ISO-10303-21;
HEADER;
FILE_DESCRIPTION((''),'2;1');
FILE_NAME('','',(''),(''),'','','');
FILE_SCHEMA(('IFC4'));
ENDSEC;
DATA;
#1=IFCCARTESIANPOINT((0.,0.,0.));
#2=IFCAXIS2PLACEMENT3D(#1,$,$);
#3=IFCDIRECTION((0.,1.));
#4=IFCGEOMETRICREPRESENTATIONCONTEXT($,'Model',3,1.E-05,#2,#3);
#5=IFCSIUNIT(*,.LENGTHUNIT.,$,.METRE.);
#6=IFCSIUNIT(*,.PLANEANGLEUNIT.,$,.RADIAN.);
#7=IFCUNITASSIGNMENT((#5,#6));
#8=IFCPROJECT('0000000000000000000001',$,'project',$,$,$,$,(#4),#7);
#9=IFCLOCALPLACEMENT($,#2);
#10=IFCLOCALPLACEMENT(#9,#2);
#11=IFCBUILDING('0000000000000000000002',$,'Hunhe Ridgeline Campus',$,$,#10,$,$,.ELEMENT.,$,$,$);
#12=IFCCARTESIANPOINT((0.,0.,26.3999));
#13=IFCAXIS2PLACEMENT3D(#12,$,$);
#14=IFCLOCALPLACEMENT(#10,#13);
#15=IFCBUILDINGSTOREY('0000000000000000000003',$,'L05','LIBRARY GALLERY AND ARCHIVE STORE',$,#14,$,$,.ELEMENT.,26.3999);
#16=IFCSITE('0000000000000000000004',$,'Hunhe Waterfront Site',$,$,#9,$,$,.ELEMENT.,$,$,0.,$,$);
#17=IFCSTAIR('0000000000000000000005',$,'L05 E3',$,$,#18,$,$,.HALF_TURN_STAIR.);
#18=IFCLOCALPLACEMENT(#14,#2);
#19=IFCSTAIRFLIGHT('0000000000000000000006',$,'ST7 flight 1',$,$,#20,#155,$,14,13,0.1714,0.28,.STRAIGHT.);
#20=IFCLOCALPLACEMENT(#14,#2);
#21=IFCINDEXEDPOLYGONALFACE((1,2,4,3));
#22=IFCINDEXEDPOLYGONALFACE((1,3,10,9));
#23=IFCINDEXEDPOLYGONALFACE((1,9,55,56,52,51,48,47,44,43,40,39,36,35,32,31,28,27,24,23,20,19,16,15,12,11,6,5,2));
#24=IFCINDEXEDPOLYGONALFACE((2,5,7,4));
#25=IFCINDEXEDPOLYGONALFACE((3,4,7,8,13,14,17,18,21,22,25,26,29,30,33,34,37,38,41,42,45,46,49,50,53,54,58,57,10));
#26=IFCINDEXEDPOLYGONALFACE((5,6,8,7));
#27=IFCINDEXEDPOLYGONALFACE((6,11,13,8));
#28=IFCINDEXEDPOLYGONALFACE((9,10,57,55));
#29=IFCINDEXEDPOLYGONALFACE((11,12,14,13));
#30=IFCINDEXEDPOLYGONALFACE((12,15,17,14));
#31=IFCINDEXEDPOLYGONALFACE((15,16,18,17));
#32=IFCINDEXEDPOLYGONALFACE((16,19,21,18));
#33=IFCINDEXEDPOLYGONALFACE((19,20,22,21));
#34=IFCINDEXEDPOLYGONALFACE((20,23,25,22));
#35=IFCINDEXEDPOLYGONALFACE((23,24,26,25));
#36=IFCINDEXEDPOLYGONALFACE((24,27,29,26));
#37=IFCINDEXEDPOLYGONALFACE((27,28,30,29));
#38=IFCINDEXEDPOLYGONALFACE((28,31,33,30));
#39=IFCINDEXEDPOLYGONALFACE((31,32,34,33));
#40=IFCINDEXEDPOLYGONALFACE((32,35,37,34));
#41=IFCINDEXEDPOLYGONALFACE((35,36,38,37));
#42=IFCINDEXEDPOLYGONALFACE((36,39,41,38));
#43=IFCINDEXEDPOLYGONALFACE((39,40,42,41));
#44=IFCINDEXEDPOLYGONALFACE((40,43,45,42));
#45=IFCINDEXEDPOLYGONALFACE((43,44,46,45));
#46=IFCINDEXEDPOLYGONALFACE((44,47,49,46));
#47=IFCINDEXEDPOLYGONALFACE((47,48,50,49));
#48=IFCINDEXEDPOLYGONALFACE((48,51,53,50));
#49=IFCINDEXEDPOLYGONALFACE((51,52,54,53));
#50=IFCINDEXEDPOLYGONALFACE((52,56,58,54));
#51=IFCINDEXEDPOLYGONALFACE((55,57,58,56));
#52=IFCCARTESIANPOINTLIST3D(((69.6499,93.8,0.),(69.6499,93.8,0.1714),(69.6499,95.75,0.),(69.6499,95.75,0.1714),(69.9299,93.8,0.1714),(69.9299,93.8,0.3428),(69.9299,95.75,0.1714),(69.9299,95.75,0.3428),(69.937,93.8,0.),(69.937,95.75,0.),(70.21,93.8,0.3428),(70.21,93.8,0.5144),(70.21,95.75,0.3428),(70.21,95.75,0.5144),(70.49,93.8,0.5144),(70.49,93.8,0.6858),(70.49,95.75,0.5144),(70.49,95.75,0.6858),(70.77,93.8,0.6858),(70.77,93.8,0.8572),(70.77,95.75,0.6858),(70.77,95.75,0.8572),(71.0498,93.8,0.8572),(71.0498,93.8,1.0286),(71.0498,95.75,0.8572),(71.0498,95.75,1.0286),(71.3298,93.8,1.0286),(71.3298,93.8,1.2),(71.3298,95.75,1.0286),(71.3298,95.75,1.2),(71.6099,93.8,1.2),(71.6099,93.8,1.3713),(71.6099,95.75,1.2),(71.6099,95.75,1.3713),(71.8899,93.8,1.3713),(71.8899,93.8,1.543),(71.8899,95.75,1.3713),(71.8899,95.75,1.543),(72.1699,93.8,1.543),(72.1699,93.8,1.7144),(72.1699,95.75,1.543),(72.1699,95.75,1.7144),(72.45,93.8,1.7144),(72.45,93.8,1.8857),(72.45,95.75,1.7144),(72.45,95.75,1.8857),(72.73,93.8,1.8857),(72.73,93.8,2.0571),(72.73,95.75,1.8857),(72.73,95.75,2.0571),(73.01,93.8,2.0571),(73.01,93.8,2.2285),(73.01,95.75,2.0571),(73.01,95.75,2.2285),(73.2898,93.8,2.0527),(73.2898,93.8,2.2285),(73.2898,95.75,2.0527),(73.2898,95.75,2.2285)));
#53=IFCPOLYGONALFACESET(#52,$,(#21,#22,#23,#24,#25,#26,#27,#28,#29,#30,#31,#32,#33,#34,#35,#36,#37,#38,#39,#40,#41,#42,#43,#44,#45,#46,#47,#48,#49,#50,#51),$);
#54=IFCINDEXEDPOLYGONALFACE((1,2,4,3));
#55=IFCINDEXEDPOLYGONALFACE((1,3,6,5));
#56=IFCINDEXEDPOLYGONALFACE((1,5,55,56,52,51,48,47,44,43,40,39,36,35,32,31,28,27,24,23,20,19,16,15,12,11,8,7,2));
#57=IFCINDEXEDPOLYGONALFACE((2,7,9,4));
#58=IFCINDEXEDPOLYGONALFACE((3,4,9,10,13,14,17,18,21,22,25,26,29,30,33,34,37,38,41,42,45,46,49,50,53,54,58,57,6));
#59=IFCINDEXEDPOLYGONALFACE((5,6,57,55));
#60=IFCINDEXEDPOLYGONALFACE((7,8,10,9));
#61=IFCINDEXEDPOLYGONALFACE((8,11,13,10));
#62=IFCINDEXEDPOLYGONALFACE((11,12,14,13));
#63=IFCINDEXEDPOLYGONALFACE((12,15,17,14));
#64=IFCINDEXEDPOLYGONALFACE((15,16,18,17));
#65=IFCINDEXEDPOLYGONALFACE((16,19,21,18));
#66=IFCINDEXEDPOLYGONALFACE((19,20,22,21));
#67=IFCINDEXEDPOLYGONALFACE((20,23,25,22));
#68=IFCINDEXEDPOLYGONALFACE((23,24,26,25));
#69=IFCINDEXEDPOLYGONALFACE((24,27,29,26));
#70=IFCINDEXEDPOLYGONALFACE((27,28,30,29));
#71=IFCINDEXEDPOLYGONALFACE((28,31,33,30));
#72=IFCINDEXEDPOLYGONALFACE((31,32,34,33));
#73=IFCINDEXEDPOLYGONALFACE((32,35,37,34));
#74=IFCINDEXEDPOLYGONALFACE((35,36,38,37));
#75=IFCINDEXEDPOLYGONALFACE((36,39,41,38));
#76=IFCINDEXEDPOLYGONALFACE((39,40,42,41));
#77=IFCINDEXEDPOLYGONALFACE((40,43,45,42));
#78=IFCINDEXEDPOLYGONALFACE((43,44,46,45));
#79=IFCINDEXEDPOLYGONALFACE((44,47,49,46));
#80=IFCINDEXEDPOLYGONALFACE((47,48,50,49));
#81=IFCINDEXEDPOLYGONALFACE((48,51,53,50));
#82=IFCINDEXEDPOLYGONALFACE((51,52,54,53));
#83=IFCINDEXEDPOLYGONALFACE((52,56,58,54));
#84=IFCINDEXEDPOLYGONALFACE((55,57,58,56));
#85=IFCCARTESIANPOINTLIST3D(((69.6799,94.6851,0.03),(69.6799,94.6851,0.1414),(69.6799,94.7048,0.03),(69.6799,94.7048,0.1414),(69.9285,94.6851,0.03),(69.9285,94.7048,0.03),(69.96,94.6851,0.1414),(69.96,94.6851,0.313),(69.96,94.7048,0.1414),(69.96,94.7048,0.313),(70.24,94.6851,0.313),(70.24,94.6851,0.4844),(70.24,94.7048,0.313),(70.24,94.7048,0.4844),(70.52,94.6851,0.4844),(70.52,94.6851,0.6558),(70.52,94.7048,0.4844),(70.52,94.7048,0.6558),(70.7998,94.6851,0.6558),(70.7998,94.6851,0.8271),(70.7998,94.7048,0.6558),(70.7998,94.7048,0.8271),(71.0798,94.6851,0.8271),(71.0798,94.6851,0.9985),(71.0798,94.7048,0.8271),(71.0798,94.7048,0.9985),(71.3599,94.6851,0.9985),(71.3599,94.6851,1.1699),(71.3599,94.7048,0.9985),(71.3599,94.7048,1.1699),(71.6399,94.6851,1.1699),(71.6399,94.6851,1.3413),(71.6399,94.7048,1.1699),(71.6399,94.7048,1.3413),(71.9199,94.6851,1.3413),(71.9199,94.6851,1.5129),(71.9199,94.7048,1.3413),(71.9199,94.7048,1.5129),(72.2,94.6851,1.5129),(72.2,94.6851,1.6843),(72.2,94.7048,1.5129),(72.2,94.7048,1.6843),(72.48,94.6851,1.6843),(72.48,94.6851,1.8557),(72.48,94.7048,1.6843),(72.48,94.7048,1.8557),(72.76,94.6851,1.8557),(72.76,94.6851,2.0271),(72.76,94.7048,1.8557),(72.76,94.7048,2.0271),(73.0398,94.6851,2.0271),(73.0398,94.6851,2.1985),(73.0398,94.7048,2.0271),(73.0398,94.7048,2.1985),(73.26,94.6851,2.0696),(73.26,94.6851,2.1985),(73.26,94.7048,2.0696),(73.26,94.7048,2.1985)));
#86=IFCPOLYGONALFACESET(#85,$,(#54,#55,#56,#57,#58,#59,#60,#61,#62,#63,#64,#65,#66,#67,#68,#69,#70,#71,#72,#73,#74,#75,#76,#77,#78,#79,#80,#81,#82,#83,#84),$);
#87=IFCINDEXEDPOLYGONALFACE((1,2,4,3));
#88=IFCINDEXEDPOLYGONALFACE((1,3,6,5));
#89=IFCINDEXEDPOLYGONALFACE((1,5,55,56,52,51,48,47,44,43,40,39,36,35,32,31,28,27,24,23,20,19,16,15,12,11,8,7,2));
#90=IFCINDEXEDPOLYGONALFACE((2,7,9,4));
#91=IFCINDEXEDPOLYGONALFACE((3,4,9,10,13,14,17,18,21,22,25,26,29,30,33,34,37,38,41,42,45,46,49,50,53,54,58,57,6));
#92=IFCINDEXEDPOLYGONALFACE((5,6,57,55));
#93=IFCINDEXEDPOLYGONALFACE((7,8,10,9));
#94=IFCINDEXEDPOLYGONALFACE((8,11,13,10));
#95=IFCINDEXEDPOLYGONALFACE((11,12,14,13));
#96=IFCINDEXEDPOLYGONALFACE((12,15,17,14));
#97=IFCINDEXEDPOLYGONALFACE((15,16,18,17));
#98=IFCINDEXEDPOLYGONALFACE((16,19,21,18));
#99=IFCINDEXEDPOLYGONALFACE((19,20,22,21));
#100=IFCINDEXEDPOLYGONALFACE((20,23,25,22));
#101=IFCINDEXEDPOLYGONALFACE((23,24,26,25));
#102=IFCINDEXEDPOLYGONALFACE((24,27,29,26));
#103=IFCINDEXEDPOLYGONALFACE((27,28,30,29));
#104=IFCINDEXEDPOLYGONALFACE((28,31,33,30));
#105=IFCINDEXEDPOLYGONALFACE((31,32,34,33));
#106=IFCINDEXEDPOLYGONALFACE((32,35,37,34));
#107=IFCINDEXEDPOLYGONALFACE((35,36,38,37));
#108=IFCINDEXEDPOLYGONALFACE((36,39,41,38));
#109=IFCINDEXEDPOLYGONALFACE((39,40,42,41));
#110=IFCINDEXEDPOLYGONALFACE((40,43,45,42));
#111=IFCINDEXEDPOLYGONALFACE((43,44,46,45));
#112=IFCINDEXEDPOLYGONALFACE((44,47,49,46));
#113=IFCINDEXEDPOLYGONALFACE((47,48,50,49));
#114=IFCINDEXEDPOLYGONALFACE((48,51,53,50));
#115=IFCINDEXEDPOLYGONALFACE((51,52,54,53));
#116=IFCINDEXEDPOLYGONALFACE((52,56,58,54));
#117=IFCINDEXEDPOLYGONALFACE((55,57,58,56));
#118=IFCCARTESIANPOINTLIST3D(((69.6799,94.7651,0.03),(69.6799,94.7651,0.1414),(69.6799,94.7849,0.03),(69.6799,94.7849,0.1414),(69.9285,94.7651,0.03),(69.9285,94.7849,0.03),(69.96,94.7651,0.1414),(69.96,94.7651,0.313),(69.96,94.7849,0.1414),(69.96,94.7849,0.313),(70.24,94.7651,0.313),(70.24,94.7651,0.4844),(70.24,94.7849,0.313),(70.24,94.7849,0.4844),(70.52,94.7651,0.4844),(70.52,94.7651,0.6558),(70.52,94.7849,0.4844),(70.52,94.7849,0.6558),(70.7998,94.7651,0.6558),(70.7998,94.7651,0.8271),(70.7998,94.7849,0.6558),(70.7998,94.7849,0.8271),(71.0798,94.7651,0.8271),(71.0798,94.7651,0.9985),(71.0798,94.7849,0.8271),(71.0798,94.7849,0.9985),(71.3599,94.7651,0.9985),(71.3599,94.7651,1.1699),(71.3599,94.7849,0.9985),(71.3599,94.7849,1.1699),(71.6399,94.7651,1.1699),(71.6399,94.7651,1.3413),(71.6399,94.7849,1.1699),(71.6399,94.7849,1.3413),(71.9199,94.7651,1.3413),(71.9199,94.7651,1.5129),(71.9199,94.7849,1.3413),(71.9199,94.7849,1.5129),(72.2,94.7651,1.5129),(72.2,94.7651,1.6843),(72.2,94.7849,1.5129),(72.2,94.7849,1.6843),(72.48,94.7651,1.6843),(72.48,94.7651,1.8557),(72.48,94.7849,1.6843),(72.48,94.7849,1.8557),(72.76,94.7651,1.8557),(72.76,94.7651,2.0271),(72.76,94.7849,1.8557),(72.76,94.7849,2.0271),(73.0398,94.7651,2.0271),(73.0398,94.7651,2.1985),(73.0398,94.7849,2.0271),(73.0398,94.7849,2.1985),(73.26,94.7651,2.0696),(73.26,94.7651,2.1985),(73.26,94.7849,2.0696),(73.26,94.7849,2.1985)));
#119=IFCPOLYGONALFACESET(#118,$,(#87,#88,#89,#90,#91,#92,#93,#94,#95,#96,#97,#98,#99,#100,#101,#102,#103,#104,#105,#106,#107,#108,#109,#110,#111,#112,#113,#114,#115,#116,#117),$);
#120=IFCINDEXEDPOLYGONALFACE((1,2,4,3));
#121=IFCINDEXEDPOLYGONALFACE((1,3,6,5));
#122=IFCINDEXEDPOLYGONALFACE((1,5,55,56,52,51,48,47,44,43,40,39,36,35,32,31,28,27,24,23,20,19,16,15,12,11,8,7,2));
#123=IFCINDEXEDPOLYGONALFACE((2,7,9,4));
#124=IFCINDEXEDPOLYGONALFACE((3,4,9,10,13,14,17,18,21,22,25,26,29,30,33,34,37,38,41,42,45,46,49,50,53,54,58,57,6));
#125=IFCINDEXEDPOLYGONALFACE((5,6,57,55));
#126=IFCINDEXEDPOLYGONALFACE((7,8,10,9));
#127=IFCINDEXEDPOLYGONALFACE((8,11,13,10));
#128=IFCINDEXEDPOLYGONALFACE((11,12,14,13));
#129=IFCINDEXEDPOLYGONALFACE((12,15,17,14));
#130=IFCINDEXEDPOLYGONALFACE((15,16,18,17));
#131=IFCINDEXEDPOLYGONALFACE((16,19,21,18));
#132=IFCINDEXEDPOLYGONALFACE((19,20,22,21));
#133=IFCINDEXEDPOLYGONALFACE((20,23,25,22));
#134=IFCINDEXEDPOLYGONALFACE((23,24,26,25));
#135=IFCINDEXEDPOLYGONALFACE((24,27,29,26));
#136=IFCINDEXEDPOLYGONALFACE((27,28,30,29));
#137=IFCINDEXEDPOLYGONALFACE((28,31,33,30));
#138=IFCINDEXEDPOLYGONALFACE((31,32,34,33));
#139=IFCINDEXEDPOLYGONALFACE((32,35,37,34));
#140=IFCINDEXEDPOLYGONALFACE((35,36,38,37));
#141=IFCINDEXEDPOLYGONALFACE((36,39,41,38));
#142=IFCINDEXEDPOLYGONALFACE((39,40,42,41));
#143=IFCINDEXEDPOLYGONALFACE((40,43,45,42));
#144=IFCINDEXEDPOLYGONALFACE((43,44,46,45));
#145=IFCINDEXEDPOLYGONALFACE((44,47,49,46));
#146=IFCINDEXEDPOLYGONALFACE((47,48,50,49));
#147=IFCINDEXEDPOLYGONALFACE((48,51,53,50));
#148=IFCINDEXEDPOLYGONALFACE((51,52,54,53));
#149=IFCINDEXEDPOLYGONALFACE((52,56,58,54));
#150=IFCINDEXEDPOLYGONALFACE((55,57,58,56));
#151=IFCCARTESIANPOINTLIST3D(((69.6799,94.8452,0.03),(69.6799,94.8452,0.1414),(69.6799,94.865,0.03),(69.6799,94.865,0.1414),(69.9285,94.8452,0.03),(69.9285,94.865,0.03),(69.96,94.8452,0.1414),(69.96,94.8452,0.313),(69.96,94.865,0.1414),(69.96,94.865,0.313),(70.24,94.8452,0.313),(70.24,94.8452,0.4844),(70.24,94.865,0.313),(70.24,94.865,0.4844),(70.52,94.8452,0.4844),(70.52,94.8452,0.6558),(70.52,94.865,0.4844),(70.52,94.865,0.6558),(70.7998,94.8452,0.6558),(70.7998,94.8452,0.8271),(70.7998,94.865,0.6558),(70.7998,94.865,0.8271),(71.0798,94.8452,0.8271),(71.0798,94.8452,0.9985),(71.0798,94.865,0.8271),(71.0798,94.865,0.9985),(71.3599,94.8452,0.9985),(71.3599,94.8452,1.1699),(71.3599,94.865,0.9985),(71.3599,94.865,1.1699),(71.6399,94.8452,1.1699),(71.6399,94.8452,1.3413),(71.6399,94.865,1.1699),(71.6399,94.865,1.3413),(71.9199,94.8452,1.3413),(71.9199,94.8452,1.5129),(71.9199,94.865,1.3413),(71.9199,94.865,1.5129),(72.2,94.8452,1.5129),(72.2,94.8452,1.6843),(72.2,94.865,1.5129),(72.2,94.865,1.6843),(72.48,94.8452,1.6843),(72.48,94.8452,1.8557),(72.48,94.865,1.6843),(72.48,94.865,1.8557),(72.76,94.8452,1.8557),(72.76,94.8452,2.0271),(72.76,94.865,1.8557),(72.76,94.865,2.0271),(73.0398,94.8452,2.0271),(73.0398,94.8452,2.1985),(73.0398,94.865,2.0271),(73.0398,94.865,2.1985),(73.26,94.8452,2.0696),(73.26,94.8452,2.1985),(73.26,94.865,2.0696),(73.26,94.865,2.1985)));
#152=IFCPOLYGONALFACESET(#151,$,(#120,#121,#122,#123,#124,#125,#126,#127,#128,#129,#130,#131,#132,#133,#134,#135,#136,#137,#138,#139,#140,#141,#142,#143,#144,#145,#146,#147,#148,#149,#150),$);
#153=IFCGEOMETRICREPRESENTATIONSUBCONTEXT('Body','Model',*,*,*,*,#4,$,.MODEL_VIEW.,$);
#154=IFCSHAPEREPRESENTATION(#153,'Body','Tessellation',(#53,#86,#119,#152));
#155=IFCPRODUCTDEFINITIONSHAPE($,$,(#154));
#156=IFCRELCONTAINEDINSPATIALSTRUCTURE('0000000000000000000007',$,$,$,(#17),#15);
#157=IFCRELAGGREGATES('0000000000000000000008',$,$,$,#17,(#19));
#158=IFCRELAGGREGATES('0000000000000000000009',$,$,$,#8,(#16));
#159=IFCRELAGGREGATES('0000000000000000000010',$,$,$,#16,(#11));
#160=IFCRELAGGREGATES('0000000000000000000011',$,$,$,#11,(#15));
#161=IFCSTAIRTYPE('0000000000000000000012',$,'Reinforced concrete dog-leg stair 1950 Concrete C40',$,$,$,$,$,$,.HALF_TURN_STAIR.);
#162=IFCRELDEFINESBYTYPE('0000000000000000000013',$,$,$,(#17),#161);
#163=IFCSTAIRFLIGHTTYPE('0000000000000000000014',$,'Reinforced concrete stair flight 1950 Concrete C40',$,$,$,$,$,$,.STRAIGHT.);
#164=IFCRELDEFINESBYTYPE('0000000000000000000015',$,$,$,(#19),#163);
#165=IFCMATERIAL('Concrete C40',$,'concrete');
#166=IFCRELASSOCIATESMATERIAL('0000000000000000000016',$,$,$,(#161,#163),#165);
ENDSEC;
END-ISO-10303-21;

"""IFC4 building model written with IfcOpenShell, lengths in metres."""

from ifc_helpers import new_model, si_unit, direction, frame, origin, place, context, subcontext, project, spatial, polyline, outline, extrude, material, type_object, element, aggregate, save


model = new_model("IFC4")

# Units and contexts
model_context = context("Model", 3, precision=1e-05, world=origin(), true_north=direction((0.0, 1.0)))
body_context = subcontext(model_context, "Body", "Model", "MODEL_VIEW")
ifc_project = project(units=[si_unit("LENGTHUNIT", "METRE"), si_unit("PLANEANGLEUNIT", "RADIAN")], contexts=[model_context])

# Site, building, storey
site_placement = place(None, origin())
site = spatial("IfcSite", under=ifc_project, at=site_placement, Name="Hunhe Waterfront Site", CompositionType="ELEMENT", RefElevation=0.0)
building_placement = place(site_placement, origin())
building = spatial("IfcBuilding", under=site, at=building_placement, Name="Hunhe Ridgeline Campus", CompositionType="ELEMENT")
storey_placement = place(building_placement, frame((0.0, 0.0, 26.3999)))
storey = spatial("IfcBuildingStorey", under=building, at=storey_placement, Name="L05", Description="LIBRARY GALLERY AND ARCHIVE STORE", CompositionType="ELEMENT", Elevation=26.3999)

# Stair, stair flight
ifc_material_1 = material(Name="Concrete C40", Category="concrete")
stair_type = type_object("IfcStairType", Name="Reinforced concrete dog-leg stair 1950 Concrete C40", PredefinedType="HALF_TURN_STAIR", material=ifc_material_1)
stair_flight_type = type_object("IfcStairFlightType", Name="Reinforced concrete stair flight 1950 Concrete C40", PredefinedType="STRAIGHT", material=ifc_material_1)
stair_1_placement = place(storey_placement, origin())
stair_1 = element("IfcStair", 1, at=stair_1_placement, inside=storey, type_object=stair_type, Name="L05 E3", PredefinedType="HALF_TURN_STAIR")
stair_flight_1_placement = place(storey_placement, frame((69.6499, 94.7749, 0.0), z_axis=(0.0, 0.0, 1.0), x_axis=(1.0, 0.0, 0.0)))
stair_flight_1 = element("IfcStairFlight", 2, at=stair_flight_1_placement, type_object=stair_flight_type, Name="ST7 flight 1", NumberOfRisers=14, NumberOfTreads=13, PredefinedType="STRAIGHT", RiserHeight=0.1714, TreadLength=0.28, context=body_context, shape_type="SweptSolid", body=[
    extrude(outline(polyline([(0.0, 0.0), (0.0, 0.1714), (0.28, 0.1714), (0.28, 0.3428), (0.5601, 0.3428), (0.5601, 0.5144), (0.8401, 0.5144), (0.8401, 0.6858), (1.1201, 0.6858), (1.1201, 0.8572), (1.3999, 0.8572), (1.3999, 1.0286), (1.6799, 1.0286), (1.6799, 1.2), (1.96, 1.2), (1.96, 1.3713), (2.24, 1.3713), (2.24, 1.543), (2.52, 1.543), (2.52, 1.7144), (2.8, 1.7144), (2.8, 1.8857), (3.0801, 1.8857), (3.0801, 2.0571), (3.3601, 2.0571), (3.3601, 2.2285), (3.6399, 2.2285), (3.6399, 2.3999), (3.6399, 2.0527), (0.2871, 0.0), (0.0, 0.0)])), frame((0.0, 0.9751, 0.0), z_axis=(0.0, -1.0, 0.0), x_axis=(1.0, 0.0, 0.0)), (0.0, 0.0, 1.0), 1.95),
    extrude(outline(polyline([(0.03, 0.03), (0.03, 0.1414), (0.3101, 0.1414), (0.3101, 0.313), (0.5901, 0.313), (0.5901, 0.4844), (0.8701, 0.4844), (0.8701, 0.6558), (1.1499, 0.6558), (1.1499, 0.8271), (1.4299, 0.8271), (1.4299, 0.9985), (1.71, 0.9985), (1.71, 1.1699), (1.99, 1.1699), (1.99, 1.3413), (2.27, 1.3413), (2.27, 1.5129), (2.55, 1.5129), (2.55, 1.6843), (2.8301, 1.6843), (2.8301, 1.8557), (3.1101, 1.8557), (3.1101, 2.0271), (3.3899, 2.0271), (3.3899, 2.1985), (3.6101, 2.1985), (3.6101, 2.0696), (0.2786, 0.03), (0.03, 0.03)])), frame((0.0, -0.0701, 0.0), z_axis=(0.0, -1.0, 0.0), x_axis=(1.0, 0.0, 0.0)), (0.0, 0.0, 1.0), 0.0198),
    extrude(outline(polyline([(0.03, 0.03), (0.03, 0.1414), (0.3101, 0.1414), (0.3101, 0.313), (0.5901, 0.313), (0.5901, 0.4844), (0.8701, 0.4844), (0.8701, 0.6558), (1.1499, 0.6558), (1.1499, 0.8271), (1.4299, 0.8271), (1.4299, 0.9985), (1.71, 0.9985), (1.71, 1.1699), (1.99, 1.1699), (1.99, 1.3413), (2.27, 1.3413), (2.27, 1.5129), (2.55, 1.5129), (2.55, 1.6843), (2.8301, 1.6843), (2.8301, 1.8557), (3.1101, 1.8557), (3.1101, 2.0271), (3.3899, 2.0271), (3.3899, 2.1985), (3.6101, 2.1985), (3.6101, 2.0696), (0.2786, 0.03), (0.03, 0.03)])), frame((0.0, 0.01, 0.0), z_axis=(0.0, -1.0, 0.0), x_axis=(1.0, 0.0, 0.0)), (0.0, 0.0, 1.0), 0.0198),
    extrude(outline(polyline([(0.03, 0.03), (0.03, 0.1414), (0.3101, 0.1414), (0.3101, 0.313), (0.5901, 0.313), (0.5901, 0.4844), (0.8701, 0.4844), (0.8701, 0.6558), (1.1499, 0.6558), (1.1499, 0.8271), (1.4299, 0.8271), (1.4299, 0.9985), (1.71, 0.9985), (1.71, 1.1699), (1.99, 1.1699), (1.99, 1.3413), (2.27, 1.3413), (2.27, 1.5129), (2.55, 1.5129), (2.55, 1.6843), (2.8301, 1.6843), (2.8301, 1.8557), (3.1101, 1.8557), (3.1101, 2.0271), (3.3899, 2.0271), (3.3899, 2.1985), (3.6101, 2.1985), (3.6101, 2.0696), (0.2786, 0.03), (0.03, 0.03)])), frame((0.0, 0.0901, 0.0), z_axis=(0.0, -1.0, 0.0), x_axis=(1.0, 0.0, 0.0)), (0.0, 0.0, 1.0), 0.0198),
])
aggregate(stair_1, [stair_flight_1])

save(model, "model.ifc")
